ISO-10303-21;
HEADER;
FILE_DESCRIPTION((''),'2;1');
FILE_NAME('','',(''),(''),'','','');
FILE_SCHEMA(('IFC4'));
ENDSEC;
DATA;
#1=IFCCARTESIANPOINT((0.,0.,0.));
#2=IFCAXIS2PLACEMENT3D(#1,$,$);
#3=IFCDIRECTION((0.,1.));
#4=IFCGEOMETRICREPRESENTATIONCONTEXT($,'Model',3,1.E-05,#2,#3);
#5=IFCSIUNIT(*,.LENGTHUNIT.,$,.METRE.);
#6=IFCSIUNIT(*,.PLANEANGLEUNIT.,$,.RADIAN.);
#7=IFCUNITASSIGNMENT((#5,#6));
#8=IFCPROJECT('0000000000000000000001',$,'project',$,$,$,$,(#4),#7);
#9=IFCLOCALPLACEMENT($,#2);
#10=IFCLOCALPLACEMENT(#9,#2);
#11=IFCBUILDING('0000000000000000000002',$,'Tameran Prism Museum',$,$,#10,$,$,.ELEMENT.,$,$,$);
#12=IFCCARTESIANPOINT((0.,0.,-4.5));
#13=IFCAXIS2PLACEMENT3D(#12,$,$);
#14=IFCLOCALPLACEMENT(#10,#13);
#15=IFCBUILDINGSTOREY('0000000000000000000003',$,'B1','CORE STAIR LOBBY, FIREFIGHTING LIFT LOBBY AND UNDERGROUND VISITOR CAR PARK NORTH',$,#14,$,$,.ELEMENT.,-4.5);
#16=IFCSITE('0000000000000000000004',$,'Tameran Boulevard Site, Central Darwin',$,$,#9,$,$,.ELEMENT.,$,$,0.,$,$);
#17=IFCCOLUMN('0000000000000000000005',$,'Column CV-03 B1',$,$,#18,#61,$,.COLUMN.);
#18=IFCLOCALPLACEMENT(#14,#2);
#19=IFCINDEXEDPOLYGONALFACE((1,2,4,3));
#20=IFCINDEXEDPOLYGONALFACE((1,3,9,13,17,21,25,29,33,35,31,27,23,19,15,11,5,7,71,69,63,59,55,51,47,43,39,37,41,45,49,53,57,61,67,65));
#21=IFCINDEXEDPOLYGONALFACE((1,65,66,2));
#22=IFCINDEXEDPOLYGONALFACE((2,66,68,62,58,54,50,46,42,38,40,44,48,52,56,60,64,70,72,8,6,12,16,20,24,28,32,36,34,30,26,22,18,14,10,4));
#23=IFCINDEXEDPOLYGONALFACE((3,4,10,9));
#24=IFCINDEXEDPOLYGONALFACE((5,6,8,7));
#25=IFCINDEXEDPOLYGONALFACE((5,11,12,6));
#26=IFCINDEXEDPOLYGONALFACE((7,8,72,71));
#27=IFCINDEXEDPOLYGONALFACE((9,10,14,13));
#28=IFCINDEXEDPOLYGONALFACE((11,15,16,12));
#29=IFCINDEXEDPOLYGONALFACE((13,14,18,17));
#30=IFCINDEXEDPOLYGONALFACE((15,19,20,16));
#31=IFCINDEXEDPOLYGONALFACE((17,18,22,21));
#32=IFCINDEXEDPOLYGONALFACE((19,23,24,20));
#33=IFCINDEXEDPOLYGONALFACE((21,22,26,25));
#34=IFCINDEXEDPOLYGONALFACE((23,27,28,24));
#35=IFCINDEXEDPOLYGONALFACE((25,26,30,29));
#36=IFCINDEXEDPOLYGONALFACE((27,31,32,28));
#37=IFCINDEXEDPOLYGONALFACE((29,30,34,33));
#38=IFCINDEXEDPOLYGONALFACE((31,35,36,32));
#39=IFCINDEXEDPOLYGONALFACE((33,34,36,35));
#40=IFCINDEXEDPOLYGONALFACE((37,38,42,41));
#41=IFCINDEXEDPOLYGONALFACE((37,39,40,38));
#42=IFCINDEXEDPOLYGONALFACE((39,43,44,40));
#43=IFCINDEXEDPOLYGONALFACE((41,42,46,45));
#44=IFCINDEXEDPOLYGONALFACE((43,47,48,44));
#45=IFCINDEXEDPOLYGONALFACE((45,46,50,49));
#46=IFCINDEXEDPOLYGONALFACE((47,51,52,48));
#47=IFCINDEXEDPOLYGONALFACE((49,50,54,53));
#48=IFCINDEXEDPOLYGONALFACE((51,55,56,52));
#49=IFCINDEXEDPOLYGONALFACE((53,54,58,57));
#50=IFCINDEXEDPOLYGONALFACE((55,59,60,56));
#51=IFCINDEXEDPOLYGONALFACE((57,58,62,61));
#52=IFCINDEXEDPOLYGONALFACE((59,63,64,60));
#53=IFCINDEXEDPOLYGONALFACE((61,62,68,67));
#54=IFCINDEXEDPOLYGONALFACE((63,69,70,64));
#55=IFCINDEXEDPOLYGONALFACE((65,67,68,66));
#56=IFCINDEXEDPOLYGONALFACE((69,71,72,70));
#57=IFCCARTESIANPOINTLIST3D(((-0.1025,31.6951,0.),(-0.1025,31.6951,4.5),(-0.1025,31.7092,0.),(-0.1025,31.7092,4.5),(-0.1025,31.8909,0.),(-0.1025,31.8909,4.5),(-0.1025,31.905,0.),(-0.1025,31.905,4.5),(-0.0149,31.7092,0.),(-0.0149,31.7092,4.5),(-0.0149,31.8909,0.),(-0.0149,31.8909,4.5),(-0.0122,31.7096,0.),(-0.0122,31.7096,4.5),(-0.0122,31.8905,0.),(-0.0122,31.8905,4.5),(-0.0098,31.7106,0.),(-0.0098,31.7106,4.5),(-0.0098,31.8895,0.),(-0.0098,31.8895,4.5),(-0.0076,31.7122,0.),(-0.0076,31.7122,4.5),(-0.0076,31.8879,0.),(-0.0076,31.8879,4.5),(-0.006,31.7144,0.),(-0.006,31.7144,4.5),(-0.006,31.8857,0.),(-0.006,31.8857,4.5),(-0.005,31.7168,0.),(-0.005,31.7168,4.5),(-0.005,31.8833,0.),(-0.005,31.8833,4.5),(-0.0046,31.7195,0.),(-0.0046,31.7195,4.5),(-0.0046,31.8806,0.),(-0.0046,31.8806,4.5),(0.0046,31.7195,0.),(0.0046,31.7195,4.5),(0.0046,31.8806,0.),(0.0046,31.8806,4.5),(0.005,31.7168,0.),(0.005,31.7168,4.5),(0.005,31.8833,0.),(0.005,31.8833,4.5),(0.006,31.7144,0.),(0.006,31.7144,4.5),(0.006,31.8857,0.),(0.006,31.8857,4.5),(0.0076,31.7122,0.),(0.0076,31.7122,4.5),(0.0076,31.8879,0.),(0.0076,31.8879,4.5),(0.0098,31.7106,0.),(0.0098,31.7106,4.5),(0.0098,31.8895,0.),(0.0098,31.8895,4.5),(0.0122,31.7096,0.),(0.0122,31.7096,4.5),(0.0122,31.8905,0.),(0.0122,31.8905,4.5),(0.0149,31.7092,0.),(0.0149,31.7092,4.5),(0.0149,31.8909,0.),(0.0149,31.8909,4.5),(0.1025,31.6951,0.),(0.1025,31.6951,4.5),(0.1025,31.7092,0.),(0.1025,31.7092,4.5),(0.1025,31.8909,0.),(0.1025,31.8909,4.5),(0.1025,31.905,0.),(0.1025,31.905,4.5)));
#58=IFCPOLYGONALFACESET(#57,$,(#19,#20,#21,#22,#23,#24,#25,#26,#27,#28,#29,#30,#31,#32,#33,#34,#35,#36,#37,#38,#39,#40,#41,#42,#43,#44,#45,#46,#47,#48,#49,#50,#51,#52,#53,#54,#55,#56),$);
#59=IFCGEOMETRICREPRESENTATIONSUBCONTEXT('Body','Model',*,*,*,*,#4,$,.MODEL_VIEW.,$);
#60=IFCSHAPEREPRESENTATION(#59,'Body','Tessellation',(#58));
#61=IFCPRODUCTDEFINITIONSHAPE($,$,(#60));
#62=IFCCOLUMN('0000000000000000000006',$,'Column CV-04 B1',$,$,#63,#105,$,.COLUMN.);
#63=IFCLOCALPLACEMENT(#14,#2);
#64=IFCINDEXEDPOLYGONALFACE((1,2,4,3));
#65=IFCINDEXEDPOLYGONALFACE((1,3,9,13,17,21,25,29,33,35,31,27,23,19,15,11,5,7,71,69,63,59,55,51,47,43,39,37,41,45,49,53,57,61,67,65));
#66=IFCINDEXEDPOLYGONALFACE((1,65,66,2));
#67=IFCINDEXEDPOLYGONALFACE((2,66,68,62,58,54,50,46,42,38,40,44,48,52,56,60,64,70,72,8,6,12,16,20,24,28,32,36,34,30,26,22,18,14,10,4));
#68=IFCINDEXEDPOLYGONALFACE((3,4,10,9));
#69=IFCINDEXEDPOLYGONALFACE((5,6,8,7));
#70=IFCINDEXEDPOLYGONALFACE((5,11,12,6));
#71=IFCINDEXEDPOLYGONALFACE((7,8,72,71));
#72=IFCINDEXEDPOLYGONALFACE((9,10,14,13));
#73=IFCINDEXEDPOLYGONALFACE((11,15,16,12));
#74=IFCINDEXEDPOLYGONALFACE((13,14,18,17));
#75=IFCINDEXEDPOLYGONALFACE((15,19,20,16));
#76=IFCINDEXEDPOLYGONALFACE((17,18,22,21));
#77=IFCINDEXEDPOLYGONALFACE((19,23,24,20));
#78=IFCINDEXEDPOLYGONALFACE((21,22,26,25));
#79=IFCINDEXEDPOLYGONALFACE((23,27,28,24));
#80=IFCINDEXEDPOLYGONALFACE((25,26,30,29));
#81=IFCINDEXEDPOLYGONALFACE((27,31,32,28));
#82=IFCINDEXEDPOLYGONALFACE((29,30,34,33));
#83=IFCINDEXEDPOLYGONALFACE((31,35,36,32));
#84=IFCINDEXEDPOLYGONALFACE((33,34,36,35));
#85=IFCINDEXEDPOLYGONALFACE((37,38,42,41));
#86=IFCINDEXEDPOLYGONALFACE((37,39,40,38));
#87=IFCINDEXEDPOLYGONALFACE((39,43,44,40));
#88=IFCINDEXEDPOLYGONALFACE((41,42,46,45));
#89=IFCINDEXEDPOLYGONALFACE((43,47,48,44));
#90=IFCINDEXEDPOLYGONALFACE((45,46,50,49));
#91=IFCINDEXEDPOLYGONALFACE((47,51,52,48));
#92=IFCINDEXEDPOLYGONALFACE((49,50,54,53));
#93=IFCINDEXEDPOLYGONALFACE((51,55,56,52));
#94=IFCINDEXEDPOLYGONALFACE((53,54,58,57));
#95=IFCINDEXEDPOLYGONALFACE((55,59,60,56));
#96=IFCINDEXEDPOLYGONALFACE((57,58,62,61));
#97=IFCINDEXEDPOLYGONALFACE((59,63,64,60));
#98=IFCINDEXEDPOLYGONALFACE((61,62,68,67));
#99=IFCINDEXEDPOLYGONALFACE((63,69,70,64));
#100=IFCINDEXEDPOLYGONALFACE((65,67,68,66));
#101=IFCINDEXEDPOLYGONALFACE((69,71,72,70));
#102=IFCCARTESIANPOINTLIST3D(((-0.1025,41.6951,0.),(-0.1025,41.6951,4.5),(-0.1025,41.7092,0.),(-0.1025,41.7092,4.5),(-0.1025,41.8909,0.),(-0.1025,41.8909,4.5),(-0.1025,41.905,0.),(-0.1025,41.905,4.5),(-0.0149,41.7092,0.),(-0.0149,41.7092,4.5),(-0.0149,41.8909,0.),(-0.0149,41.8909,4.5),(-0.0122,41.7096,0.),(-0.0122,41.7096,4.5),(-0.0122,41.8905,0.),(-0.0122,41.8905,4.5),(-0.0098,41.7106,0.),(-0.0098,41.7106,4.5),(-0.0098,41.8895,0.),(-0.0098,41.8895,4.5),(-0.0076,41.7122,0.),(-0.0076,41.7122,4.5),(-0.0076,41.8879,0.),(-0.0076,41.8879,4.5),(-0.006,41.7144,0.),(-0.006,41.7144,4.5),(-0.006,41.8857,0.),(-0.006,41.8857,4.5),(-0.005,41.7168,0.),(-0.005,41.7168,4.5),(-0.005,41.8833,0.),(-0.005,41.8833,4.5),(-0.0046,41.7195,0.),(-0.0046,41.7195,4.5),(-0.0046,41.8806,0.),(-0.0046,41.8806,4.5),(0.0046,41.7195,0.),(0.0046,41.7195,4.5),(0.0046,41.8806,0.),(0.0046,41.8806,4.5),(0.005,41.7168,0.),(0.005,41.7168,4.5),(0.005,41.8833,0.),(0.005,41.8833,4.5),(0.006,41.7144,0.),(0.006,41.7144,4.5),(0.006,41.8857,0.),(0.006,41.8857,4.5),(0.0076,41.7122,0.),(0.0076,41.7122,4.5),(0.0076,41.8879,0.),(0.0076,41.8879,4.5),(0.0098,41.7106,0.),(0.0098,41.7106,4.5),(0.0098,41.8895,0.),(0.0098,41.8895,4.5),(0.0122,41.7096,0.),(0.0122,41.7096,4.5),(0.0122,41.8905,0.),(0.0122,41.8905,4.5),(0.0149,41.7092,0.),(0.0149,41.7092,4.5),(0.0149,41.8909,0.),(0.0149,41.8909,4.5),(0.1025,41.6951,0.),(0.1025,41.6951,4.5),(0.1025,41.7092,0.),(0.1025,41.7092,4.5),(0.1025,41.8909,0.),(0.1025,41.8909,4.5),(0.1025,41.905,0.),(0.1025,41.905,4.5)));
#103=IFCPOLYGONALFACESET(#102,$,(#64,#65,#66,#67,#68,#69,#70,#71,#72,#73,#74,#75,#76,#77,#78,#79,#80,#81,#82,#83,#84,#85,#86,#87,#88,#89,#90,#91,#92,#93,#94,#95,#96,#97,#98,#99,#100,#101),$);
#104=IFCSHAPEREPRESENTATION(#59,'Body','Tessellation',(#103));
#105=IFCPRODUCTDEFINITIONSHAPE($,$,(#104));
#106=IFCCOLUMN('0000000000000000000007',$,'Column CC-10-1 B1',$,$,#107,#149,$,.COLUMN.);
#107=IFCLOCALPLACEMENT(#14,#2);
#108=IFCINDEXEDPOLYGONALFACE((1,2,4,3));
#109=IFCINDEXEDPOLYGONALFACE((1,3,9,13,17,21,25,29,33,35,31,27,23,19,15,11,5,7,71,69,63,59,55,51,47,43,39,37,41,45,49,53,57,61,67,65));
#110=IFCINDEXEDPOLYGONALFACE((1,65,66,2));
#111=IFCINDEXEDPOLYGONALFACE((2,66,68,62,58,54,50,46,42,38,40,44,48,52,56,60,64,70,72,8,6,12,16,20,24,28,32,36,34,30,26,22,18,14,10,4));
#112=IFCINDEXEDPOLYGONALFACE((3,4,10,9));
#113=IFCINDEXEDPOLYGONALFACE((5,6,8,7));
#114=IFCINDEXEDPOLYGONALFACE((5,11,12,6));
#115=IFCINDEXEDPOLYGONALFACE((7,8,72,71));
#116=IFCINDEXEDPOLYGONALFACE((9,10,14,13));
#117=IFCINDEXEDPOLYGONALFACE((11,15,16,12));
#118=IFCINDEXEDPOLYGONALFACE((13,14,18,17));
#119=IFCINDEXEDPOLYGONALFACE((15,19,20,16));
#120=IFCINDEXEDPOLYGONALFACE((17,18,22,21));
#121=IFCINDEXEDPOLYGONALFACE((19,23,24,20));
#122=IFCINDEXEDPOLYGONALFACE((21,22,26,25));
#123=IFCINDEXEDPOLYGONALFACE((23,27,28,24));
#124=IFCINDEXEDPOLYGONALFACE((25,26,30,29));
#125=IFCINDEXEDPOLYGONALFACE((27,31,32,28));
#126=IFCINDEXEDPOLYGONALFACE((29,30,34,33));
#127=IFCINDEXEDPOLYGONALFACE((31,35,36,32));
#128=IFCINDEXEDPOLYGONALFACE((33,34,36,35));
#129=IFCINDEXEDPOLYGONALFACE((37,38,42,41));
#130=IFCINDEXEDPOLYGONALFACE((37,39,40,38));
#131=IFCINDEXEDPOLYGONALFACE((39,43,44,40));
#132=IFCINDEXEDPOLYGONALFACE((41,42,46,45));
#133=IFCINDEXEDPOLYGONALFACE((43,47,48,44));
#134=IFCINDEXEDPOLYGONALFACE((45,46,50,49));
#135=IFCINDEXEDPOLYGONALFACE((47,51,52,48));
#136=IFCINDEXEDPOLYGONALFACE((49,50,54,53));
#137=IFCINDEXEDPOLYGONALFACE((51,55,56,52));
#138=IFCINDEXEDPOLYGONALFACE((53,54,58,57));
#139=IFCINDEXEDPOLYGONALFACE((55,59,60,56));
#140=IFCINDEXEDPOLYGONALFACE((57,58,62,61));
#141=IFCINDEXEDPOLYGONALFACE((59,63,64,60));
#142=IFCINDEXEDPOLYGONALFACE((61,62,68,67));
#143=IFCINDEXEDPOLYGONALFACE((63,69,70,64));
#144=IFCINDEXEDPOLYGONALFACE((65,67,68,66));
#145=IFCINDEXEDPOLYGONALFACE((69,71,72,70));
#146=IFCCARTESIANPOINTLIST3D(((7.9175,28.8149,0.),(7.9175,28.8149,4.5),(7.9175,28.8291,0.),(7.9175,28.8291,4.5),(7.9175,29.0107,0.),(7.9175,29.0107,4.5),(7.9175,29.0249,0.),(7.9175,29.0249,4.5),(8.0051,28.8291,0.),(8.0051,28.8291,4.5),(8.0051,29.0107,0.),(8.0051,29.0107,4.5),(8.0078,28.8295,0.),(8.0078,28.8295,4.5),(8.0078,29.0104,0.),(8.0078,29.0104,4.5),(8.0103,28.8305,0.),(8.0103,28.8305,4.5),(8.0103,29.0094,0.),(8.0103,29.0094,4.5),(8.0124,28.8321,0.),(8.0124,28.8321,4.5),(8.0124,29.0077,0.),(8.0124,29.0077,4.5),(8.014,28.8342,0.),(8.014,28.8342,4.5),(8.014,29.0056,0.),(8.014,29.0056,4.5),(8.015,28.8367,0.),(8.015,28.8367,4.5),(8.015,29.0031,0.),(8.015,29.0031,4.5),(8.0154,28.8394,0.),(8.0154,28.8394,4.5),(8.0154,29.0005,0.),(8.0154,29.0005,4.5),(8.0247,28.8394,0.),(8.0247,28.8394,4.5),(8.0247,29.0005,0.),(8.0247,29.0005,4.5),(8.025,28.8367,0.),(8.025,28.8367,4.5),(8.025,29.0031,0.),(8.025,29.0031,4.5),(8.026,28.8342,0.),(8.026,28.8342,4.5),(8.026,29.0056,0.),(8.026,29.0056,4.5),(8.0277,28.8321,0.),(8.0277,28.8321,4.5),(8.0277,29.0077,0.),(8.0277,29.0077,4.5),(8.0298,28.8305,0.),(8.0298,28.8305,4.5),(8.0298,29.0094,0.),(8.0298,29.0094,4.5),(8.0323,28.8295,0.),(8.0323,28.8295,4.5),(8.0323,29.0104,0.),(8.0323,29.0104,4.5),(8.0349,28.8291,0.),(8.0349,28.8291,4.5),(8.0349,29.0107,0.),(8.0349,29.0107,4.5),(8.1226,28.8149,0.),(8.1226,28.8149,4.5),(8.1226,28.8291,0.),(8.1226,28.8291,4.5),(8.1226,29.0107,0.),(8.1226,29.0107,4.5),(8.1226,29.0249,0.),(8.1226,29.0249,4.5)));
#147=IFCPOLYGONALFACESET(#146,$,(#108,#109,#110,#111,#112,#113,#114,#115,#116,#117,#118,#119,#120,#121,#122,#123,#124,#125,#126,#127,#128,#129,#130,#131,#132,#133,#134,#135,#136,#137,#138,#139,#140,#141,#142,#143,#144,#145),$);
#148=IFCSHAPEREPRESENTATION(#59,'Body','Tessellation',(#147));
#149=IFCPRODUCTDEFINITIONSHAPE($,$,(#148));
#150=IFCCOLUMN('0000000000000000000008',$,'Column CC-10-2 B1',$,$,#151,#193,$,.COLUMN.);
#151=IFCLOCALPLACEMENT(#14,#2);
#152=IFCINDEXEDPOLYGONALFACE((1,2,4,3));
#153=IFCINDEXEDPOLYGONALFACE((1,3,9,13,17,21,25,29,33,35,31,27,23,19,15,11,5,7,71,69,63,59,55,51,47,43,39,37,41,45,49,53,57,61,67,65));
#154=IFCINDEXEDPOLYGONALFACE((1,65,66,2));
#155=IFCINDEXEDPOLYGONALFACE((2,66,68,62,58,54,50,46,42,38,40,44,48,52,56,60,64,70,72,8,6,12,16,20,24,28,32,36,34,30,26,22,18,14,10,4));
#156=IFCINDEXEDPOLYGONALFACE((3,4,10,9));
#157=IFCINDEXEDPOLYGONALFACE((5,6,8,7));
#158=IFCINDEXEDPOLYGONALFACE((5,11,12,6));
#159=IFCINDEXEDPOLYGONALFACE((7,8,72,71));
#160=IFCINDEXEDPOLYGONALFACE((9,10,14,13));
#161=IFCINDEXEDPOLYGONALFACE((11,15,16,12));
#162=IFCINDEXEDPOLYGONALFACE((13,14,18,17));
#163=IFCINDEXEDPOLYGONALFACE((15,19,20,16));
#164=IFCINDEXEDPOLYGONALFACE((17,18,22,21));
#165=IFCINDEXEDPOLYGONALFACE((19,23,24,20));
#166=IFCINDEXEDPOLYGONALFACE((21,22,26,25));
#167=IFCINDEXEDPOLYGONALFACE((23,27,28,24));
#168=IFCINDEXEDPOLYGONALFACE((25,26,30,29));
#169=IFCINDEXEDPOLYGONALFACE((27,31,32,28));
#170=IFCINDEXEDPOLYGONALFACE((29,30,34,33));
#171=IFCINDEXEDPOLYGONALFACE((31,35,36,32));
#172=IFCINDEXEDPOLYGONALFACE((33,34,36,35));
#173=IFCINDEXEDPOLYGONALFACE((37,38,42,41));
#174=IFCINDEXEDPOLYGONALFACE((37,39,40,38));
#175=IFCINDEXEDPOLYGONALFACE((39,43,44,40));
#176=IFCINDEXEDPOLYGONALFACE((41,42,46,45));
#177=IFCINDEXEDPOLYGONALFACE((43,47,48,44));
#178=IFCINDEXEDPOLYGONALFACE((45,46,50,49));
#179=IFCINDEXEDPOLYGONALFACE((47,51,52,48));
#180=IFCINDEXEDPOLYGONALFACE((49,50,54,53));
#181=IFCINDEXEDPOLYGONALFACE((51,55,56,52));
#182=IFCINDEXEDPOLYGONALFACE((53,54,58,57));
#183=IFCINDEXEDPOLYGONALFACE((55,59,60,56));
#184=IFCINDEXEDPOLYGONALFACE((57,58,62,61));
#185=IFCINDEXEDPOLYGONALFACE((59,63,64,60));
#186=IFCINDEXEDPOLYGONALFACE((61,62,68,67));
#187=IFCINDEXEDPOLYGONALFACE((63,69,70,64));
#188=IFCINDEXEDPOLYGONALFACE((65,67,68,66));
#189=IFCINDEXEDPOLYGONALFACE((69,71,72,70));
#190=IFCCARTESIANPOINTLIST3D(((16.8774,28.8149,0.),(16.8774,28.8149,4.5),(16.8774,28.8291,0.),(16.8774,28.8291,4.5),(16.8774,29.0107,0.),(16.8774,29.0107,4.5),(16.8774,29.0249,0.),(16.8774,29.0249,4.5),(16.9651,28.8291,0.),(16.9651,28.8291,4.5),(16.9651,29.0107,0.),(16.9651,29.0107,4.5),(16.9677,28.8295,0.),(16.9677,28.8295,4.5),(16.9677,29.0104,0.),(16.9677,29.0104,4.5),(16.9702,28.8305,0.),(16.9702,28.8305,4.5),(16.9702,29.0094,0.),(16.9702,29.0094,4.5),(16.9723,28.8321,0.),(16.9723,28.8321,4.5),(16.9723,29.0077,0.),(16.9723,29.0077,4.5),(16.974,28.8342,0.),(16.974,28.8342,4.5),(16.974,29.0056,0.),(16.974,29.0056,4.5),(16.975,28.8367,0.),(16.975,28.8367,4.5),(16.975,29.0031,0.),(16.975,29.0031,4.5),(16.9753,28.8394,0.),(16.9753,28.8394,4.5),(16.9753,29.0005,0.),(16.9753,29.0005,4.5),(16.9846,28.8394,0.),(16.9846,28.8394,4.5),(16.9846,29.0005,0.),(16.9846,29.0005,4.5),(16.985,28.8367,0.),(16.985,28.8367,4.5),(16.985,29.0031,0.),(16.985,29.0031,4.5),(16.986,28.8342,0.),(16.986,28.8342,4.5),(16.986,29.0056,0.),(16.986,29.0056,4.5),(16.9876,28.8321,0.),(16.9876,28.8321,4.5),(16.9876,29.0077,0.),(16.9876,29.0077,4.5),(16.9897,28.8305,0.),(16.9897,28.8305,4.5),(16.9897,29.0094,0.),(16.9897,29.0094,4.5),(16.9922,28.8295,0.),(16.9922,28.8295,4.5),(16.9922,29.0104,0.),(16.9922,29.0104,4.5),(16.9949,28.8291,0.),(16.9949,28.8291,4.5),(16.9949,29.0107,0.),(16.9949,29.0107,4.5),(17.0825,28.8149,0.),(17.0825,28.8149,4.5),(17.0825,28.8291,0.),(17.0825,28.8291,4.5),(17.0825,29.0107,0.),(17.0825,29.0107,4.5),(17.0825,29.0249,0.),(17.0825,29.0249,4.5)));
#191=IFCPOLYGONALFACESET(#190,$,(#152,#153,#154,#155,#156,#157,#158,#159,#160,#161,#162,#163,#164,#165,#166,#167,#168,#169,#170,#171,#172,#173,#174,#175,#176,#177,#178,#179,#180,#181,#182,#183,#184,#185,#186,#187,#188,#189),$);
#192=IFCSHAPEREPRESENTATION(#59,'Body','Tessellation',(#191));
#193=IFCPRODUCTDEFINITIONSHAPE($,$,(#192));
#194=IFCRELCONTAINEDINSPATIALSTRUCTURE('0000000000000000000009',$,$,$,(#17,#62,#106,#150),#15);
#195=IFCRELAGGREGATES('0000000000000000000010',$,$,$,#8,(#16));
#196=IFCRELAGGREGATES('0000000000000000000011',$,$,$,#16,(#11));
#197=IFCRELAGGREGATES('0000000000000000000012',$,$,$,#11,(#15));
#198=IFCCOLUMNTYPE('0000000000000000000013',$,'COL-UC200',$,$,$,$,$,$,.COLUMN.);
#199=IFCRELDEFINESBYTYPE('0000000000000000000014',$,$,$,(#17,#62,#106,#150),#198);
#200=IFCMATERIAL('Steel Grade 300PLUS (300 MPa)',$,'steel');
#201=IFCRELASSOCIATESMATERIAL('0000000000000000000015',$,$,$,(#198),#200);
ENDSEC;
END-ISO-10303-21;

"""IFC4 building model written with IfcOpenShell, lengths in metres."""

from ifc_helpers import new_model, si_unit, direction, frame, origin, origin_2d, place, context, subcontext, project, spatial, i_section, extrude, material, material_profile, profile_set, type_object, element, save


model = new_model("IFC4")

# Units and contexts
model_context = context("Model", 3, precision=1e-05, world=origin(), true_north=direction((0.0, 1.0)))
body_context = subcontext(model_context, "Body", "Model", "MODEL_VIEW")
ifc_project = project(units=[si_unit("LENGTHUNIT", "METRE"), si_unit("PLANEANGLEUNIT", "RADIAN")], contexts=[model_context])

# Site, building, storey
site_placement = place(None, origin())
site = spatial("IfcSite", under=ifc_project, at=site_placement, Name="Tameran Boulevard Site, Central Darwin", CompositionType="ELEMENT", RefElevation=0.0)
building_placement = place(site_placement, origin())
building = spatial("IfcBuilding", under=site, at=building_placement, Name="Tameran Prism Museum", CompositionType="ELEMENT")
storey_placement = place(building_placement, frame((0.0, 0.0, -4.5)))
storey = spatial("IfcBuildingStorey", under=building, at=storey_placement, Name="B1", Description="CORE STAIR LOBBY, FIREFIGHTING LIFT LOBBY AND UNDERGROUND VISITOR CAR PARK NORTH", CompositionType="ELEMENT", Elevation=-4.5)

# Columns
ifc_material_1 = material(Name="Steel Grade 300PLUS (300 MPa)", Category="steel")
ifc_material_profile_1 = material_profile(ifc_material_1, i_section(OverallWidth=0.2051, OverallDepth=0.21, WebThickness=0.0093, FlangeThickness=0.0142, FilletRadius=0.0103, at=origin_2d()))
ifc_profile_set_1 = profile_set([ifc_material_profile_1])
column_type_1 = type_object("IfcColumnType", Name="COL-UC200", PredefinedType="COLUMN", material=ifc_profile_set_1)
for number, where, z_axis, x_axis, name in (
    (1, (0.0, 31.8, 0.0), (0.0, 0.0, 1.0), (1.0, 0.0, 0.0), "Column CV-03 B1"),
    (2, (0.0, 41.8, 0.0), (0.0, 0.0, 1.0), (1.0, 0.0, 0.0), "Column CV-04 B1"),
    (3, (8.02, 28.9199, 0.0), (0.0, 0.0, 1.0), (1.0, 0.0, 0.0), "Column CC-10-1 B1"),
    (4, (16.98, 28.9199, 0.0), (0.0, 0.0, 1.0), (1.0, 0.0, 0.0), "Column CC-10-2 B1"),
):
    element("IfcColumn", number, at=place(storey_placement, frame(where, z_axis=z_axis, x_axis=x_axis)), inside=storey, type_object=column_type_1, Name=name, PredefinedType="COLUMN", context=body_context, shape_type="SweptSolid", body=[
        extrude(i_section(OverallWidth=0.2051, OverallDepth=0.21, WebThickness=0.0093, FlangeThickness=0.0142, FilletRadius=0.0103, at=origin_2d()), origin(), (0.0, 0.0, 1.0), 4.5),
    ])

save(model, "model.ifc")
